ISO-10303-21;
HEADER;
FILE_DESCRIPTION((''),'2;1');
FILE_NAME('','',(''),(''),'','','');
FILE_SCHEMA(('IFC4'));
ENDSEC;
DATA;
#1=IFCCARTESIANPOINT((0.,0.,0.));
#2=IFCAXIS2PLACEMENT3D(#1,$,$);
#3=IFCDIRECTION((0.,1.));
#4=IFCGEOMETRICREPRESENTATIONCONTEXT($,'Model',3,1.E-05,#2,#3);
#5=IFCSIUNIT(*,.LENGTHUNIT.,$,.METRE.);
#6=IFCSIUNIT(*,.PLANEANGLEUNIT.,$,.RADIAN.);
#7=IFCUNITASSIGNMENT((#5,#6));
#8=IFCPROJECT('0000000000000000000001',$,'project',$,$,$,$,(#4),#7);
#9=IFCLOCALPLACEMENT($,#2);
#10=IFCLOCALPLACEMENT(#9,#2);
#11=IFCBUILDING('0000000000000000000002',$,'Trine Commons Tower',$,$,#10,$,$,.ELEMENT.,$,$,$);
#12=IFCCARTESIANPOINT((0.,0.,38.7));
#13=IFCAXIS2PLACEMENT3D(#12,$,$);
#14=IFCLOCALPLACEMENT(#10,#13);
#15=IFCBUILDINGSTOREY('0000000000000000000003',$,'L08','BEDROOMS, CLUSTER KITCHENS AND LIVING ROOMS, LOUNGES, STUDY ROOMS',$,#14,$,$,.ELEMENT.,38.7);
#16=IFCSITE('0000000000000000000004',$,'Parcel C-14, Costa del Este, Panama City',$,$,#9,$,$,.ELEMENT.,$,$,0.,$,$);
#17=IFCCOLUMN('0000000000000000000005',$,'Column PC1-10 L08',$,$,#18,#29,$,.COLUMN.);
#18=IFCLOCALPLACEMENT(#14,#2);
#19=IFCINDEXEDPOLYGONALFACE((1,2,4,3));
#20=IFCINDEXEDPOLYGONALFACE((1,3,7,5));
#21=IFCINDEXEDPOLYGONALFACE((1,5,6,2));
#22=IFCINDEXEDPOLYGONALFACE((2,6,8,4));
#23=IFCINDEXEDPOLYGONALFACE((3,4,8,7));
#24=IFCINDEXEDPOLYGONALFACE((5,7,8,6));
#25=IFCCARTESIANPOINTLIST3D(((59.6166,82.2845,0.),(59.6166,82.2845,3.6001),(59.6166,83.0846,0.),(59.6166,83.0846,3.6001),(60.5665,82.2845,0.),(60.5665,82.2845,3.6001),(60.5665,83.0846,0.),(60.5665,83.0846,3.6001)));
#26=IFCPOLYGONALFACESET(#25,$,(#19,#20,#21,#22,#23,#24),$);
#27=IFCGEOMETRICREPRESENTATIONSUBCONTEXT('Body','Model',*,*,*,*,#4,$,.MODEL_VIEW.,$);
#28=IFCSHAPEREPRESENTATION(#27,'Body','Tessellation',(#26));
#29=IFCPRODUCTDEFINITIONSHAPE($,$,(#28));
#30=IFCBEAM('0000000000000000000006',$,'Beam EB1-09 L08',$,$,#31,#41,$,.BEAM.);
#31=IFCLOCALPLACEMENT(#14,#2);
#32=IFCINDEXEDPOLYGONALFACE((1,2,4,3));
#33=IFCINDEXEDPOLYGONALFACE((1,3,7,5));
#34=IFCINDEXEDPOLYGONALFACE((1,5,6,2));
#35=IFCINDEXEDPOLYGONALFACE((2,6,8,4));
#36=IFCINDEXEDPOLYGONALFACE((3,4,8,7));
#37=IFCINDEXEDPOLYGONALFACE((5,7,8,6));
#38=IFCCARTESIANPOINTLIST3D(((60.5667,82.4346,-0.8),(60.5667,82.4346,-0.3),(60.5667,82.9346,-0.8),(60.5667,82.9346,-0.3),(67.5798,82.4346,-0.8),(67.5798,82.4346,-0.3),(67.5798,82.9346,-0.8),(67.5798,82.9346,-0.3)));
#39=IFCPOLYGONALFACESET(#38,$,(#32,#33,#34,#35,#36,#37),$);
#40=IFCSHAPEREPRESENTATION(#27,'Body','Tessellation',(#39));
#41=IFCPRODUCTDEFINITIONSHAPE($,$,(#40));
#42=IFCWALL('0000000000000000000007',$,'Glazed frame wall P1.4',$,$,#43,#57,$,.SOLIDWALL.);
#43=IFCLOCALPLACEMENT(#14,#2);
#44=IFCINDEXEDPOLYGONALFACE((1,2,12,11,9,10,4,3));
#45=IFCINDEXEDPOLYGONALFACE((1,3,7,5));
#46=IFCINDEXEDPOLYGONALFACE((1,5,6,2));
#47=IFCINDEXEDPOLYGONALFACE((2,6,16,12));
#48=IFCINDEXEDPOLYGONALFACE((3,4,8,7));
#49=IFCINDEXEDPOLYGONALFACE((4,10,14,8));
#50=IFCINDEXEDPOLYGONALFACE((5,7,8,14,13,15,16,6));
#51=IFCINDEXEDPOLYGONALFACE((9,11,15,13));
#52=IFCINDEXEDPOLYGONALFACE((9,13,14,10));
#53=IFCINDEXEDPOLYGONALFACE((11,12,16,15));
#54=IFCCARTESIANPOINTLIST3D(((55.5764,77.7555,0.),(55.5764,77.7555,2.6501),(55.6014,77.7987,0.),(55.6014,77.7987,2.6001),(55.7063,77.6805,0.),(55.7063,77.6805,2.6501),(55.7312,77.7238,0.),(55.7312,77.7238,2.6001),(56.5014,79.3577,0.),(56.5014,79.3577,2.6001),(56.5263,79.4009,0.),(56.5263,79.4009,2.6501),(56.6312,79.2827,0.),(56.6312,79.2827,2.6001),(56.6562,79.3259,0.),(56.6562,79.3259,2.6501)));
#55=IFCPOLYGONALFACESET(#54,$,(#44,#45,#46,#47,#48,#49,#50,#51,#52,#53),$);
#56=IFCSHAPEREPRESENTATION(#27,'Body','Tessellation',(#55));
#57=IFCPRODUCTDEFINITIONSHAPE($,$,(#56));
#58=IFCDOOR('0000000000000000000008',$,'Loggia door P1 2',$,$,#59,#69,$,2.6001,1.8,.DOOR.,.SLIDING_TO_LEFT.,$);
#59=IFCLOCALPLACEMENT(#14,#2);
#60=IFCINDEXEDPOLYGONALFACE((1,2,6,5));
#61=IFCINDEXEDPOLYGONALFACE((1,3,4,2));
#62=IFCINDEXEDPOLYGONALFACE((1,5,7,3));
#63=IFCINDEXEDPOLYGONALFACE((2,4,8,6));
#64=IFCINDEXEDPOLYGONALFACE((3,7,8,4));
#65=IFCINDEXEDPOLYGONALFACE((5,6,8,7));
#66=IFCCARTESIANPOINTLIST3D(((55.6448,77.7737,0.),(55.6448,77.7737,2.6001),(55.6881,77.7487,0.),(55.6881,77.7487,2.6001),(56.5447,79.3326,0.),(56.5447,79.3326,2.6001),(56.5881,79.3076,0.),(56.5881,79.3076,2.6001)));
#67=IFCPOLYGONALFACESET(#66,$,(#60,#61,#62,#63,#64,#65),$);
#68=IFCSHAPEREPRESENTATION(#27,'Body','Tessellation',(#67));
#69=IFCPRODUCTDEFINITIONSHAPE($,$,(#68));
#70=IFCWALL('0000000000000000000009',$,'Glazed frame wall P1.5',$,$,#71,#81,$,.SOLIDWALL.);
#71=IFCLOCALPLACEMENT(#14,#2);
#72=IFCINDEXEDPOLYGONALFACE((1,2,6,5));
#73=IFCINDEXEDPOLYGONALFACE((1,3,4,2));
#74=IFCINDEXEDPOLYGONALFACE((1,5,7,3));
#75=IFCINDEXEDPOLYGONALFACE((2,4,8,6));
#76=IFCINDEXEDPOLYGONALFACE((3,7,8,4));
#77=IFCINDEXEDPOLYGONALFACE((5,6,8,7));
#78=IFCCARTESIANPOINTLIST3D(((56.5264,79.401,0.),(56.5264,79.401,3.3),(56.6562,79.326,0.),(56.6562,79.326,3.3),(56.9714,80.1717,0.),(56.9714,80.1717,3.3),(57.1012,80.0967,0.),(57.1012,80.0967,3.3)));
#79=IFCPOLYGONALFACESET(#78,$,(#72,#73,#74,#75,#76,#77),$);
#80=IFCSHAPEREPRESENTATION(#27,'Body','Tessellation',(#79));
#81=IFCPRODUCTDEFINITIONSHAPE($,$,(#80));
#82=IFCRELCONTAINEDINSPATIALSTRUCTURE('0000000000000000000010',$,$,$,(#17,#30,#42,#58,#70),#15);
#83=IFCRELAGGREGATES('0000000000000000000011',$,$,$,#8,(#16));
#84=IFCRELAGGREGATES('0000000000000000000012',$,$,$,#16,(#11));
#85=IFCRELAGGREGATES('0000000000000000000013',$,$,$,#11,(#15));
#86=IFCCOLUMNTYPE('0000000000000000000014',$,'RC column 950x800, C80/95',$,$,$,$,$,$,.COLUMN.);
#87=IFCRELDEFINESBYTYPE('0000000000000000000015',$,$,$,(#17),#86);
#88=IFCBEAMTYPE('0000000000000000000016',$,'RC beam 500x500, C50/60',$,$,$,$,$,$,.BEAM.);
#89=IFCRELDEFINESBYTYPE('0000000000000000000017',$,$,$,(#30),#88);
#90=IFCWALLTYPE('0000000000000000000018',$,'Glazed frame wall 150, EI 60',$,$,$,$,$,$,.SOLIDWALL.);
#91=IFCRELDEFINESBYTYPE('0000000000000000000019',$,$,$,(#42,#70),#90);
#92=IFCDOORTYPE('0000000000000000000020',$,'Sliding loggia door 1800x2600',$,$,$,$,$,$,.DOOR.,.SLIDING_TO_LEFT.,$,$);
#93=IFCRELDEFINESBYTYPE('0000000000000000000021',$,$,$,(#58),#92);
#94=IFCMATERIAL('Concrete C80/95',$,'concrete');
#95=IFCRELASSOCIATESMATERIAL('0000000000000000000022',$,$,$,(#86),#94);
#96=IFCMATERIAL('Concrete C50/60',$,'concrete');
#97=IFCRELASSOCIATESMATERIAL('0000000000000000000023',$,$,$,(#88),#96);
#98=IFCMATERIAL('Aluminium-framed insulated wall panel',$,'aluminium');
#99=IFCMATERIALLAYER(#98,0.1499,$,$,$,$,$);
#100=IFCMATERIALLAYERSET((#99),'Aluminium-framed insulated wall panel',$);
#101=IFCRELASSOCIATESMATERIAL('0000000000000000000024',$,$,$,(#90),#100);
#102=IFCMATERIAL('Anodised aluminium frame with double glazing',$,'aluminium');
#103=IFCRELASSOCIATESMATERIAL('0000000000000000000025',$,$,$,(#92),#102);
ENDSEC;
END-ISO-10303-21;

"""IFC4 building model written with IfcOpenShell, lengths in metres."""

from ifc_helpers import new_model, si_unit, direction, frame, frame_2d, origin, origin_2d, place, context, subcontext, project, spatial, polyline, rectangle, outline, extrude, material, layer, layer_set, material_profile, profile_set, type_object, element, fill, save


model = new_model("IFC4")

# Units and contexts
model_context = context("Model", 3, precision=1e-05, world=origin(), true_north=direction((0.0, 1.0)))
body_context = subcontext(model_context, "Body", "Model", "MODEL_VIEW")
ifc_project = project(units=[si_unit("LENGTHUNIT", "METRE"), si_unit("PLANEANGLEUNIT", "RADIAN")], contexts=[model_context])

# Site, building, storey
site_placement = place(None, origin())
site = spatial("IfcSite", under=ifc_project, at=site_placement, Name="Parcel C-14, Costa del Este, Panama City", CompositionType="ELEMENT", RefElevation=0.0)
building_placement = place(site_placement, origin())
building = spatial("IfcBuilding", under=site, at=building_placement, Name="Trine Commons Tower", CompositionType="ELEMENT")
storey_placement = place(building_placement, frame((0.0, 0.0, 38.7)))
storey = spatial("IfcBuildingStorey", under=building, at=storey_placement, Name="L08", Description="BEDROOMS, CLUSTER KITCHENS AND LIVING ROOMS, LOUNGES, STUDY ROOMS", CompositionType="ELEMENT", Elevation=38.7)

# Column
ifc_material_1 = material(Name="Concrete C80/95", Category="concrete")
ifc_material_profile_1 = material_profile(ifc_material_1, rectangle(XDim=0.95, YDim=0.8, at=origin_2d()), Name="RC 950x800")
ifc_profile_set_1 = profile_set([ifc_material_profile_1], Name="Concrete C80/95")
column_type = type_object("IfcColumnType", Name="RC column 950x800, C80/95", PredefinedType="COLUMN", material=ifc_profile_set_1)
column_placement = place(storey_placement, frame((60.0916, 82.6846, 0.0), z_axis=(0.0, 0.0, 1.0), x_axis=(1.0, 0.0, 0.0)))
element("IfcColumn", 1, at=column_placement, inside=storey, type_object=column_type, Name="Column PC1-10 L08", PredefinedType="COLUMN", context=body_context, shape_type="SweptSolid", body=[
    extrude(rectangle(XDim=0.95, YDim=0.8, at=origin_2d()), origin(), (0.0, 0.0, 1.0), 3.6001),
])

# Beam
ifc_material_2 = material(Name="Concrete C50/60", Category="concrete")
ifc_material_profile_2 = material_profile(ifc_material_2, rectangle(XDim=0.5, YDim=0.5, at=origin_2d()), Name="RC 500x500")
ifc_profile_set_2 = profile_set([ifc_material_profile_2], Name="Concrete C50/60")
beam_type = type_object("IfcBeamType", Name="RC beam 500x500, C50/60", PredefinedType="BEAM", material=ifc_profile_set_2)
beam_placement = place(storey_placement, frame((60.5667, 82.6846, -0.55), z_axis=(1.0, 0.0, 0.0), x_axis=(0.0, 1.0, 0.0)))
element("IfcBeam", 2, at=beam_placement, inside=storey, type_object=beam_type, Name="Beam EB1-09 L08", PredefinedType="BEAM", context=body_context, shape_type="SweptSolid", body=[
    extrude(rectangle(XDim=0.5, YDim=0.5, at=origin_2d()), origin(), (0.0, 0.0, 1.0), 7.0132),
])

# Wall, opening, door
ifc_material_3 = material(Name="Aluminium-framed insulated wall panel", Category="aluminium")
ifc_layer = layer(ifc_material_3, 0.1499)
ifc_layer_set = layer_set([ifc_layer], Name="Aluminium-framed insulated wall panel")
wall_type = type_object("IfcWallType", Name="Glazed frame wall 150, EI 60", PredefinedType="SOLIDWALL", material=ifc_layer_set)
wall_1_placement = place(storey_placement, frame((55.6414, 77.718, 0.0), z_axis=(0.0, 0.0, 1.0), x_axis=(0.499967, 0.866044, 0.0)))
wall_1 = element("IfcWall", 3, at=wall_1_placement, inside=storey, type_object=wall_type, Name="Glazed frame wall P1.4", PredefinedType="SOLIDWALL", context=body_context, shape_type="SweptSolid", body=[
    extrude(outline(polyline([(0.0, -0.075), (1.8999, -0.075), (1.8999, 0.075), (0.0, 0.075), (0.0, -0.075)])), origin(), (0.0, 0.0, 1.0), 2.6501),
])
opening_1_placement = place(wall_1_placement, frame((0.05, 0.0, 0.0)))
opening_1 = element("IfcOpeningElement", 4, at=opening_1_placement, cuts=wall_1, PredefinedType="OPENING", context=body_context, shape_type="SweptSolid", body=[
    extrude(rectangle(XDim=1.8, YDim=2.6001, at=frame_2d((0.8999, 1.3))), frame((0.0, 0.085, 0.0), z_axis=(0.0, -1.0, 0.0), x_axis=(1.0, 0.0, 0.0)), (0.0, 0.0, 1.0), 0.1699),
])
ifc_material_4 = material(Name="Anodised aluminium frame with double glazing", Category="aluminium")
door_type = type_object("IfcDoorType", Name="Sliding loggia door 1800x2600", OperationType="SLIDING_TO_LEFT", PredefinedType="DOOR", material=ifc_material_4)
door_1_placement = place(opening_1_placement, origin())
door_1 = element("IfcDoor", 5, at=door_1_placement, inside=storey, type_object=door_type, Name="Loggia door P1 2", OperationType="SLIDING_TO_LEFT", OverallHeight=2.6001, OverallWidth=1.8, PredefinedType="DOOR", context=body_context, shape_type="SweptSolid", body=[
    extrude(rectangle(XDim=1.8, YDim=2.6001, at=frame_2d((0.8999, 1.3))), frame((0.0, 0.0249, 0.0), z_axis=(0.0, -1.0, 0.0), x_axis=(1.0, 0.0, 0.0)), (0.0, 0.0, 1.0), 0.05),
])
fill(opening_1, door_1)

# Wall
wall_2_placement = place(storey_placement, frame((56.5913, 79.3635, 0.0), z_axis=(0.0, 0.0, 1.0), x_axis=(0.500025, 0.866011, 0.0)))
element("IfcWall", 6, at=wall_2_placement, inside=storey, type_object=wall_type, Name="Glazed frame wall P1.5", PredefinedType="SOLIDWALL", context=body_context, shape_type="SweptSolid", body=[
    extrude(outline(polyline([(0.8899, 0.075), (0.0, 0.075), (0.0, -0.075), (0.8899, -0.075), (0.8899, 0.075)])), origin(), (0.0, 0.0, 1.0), 3.3),
])

save(model, "model.ifc")
